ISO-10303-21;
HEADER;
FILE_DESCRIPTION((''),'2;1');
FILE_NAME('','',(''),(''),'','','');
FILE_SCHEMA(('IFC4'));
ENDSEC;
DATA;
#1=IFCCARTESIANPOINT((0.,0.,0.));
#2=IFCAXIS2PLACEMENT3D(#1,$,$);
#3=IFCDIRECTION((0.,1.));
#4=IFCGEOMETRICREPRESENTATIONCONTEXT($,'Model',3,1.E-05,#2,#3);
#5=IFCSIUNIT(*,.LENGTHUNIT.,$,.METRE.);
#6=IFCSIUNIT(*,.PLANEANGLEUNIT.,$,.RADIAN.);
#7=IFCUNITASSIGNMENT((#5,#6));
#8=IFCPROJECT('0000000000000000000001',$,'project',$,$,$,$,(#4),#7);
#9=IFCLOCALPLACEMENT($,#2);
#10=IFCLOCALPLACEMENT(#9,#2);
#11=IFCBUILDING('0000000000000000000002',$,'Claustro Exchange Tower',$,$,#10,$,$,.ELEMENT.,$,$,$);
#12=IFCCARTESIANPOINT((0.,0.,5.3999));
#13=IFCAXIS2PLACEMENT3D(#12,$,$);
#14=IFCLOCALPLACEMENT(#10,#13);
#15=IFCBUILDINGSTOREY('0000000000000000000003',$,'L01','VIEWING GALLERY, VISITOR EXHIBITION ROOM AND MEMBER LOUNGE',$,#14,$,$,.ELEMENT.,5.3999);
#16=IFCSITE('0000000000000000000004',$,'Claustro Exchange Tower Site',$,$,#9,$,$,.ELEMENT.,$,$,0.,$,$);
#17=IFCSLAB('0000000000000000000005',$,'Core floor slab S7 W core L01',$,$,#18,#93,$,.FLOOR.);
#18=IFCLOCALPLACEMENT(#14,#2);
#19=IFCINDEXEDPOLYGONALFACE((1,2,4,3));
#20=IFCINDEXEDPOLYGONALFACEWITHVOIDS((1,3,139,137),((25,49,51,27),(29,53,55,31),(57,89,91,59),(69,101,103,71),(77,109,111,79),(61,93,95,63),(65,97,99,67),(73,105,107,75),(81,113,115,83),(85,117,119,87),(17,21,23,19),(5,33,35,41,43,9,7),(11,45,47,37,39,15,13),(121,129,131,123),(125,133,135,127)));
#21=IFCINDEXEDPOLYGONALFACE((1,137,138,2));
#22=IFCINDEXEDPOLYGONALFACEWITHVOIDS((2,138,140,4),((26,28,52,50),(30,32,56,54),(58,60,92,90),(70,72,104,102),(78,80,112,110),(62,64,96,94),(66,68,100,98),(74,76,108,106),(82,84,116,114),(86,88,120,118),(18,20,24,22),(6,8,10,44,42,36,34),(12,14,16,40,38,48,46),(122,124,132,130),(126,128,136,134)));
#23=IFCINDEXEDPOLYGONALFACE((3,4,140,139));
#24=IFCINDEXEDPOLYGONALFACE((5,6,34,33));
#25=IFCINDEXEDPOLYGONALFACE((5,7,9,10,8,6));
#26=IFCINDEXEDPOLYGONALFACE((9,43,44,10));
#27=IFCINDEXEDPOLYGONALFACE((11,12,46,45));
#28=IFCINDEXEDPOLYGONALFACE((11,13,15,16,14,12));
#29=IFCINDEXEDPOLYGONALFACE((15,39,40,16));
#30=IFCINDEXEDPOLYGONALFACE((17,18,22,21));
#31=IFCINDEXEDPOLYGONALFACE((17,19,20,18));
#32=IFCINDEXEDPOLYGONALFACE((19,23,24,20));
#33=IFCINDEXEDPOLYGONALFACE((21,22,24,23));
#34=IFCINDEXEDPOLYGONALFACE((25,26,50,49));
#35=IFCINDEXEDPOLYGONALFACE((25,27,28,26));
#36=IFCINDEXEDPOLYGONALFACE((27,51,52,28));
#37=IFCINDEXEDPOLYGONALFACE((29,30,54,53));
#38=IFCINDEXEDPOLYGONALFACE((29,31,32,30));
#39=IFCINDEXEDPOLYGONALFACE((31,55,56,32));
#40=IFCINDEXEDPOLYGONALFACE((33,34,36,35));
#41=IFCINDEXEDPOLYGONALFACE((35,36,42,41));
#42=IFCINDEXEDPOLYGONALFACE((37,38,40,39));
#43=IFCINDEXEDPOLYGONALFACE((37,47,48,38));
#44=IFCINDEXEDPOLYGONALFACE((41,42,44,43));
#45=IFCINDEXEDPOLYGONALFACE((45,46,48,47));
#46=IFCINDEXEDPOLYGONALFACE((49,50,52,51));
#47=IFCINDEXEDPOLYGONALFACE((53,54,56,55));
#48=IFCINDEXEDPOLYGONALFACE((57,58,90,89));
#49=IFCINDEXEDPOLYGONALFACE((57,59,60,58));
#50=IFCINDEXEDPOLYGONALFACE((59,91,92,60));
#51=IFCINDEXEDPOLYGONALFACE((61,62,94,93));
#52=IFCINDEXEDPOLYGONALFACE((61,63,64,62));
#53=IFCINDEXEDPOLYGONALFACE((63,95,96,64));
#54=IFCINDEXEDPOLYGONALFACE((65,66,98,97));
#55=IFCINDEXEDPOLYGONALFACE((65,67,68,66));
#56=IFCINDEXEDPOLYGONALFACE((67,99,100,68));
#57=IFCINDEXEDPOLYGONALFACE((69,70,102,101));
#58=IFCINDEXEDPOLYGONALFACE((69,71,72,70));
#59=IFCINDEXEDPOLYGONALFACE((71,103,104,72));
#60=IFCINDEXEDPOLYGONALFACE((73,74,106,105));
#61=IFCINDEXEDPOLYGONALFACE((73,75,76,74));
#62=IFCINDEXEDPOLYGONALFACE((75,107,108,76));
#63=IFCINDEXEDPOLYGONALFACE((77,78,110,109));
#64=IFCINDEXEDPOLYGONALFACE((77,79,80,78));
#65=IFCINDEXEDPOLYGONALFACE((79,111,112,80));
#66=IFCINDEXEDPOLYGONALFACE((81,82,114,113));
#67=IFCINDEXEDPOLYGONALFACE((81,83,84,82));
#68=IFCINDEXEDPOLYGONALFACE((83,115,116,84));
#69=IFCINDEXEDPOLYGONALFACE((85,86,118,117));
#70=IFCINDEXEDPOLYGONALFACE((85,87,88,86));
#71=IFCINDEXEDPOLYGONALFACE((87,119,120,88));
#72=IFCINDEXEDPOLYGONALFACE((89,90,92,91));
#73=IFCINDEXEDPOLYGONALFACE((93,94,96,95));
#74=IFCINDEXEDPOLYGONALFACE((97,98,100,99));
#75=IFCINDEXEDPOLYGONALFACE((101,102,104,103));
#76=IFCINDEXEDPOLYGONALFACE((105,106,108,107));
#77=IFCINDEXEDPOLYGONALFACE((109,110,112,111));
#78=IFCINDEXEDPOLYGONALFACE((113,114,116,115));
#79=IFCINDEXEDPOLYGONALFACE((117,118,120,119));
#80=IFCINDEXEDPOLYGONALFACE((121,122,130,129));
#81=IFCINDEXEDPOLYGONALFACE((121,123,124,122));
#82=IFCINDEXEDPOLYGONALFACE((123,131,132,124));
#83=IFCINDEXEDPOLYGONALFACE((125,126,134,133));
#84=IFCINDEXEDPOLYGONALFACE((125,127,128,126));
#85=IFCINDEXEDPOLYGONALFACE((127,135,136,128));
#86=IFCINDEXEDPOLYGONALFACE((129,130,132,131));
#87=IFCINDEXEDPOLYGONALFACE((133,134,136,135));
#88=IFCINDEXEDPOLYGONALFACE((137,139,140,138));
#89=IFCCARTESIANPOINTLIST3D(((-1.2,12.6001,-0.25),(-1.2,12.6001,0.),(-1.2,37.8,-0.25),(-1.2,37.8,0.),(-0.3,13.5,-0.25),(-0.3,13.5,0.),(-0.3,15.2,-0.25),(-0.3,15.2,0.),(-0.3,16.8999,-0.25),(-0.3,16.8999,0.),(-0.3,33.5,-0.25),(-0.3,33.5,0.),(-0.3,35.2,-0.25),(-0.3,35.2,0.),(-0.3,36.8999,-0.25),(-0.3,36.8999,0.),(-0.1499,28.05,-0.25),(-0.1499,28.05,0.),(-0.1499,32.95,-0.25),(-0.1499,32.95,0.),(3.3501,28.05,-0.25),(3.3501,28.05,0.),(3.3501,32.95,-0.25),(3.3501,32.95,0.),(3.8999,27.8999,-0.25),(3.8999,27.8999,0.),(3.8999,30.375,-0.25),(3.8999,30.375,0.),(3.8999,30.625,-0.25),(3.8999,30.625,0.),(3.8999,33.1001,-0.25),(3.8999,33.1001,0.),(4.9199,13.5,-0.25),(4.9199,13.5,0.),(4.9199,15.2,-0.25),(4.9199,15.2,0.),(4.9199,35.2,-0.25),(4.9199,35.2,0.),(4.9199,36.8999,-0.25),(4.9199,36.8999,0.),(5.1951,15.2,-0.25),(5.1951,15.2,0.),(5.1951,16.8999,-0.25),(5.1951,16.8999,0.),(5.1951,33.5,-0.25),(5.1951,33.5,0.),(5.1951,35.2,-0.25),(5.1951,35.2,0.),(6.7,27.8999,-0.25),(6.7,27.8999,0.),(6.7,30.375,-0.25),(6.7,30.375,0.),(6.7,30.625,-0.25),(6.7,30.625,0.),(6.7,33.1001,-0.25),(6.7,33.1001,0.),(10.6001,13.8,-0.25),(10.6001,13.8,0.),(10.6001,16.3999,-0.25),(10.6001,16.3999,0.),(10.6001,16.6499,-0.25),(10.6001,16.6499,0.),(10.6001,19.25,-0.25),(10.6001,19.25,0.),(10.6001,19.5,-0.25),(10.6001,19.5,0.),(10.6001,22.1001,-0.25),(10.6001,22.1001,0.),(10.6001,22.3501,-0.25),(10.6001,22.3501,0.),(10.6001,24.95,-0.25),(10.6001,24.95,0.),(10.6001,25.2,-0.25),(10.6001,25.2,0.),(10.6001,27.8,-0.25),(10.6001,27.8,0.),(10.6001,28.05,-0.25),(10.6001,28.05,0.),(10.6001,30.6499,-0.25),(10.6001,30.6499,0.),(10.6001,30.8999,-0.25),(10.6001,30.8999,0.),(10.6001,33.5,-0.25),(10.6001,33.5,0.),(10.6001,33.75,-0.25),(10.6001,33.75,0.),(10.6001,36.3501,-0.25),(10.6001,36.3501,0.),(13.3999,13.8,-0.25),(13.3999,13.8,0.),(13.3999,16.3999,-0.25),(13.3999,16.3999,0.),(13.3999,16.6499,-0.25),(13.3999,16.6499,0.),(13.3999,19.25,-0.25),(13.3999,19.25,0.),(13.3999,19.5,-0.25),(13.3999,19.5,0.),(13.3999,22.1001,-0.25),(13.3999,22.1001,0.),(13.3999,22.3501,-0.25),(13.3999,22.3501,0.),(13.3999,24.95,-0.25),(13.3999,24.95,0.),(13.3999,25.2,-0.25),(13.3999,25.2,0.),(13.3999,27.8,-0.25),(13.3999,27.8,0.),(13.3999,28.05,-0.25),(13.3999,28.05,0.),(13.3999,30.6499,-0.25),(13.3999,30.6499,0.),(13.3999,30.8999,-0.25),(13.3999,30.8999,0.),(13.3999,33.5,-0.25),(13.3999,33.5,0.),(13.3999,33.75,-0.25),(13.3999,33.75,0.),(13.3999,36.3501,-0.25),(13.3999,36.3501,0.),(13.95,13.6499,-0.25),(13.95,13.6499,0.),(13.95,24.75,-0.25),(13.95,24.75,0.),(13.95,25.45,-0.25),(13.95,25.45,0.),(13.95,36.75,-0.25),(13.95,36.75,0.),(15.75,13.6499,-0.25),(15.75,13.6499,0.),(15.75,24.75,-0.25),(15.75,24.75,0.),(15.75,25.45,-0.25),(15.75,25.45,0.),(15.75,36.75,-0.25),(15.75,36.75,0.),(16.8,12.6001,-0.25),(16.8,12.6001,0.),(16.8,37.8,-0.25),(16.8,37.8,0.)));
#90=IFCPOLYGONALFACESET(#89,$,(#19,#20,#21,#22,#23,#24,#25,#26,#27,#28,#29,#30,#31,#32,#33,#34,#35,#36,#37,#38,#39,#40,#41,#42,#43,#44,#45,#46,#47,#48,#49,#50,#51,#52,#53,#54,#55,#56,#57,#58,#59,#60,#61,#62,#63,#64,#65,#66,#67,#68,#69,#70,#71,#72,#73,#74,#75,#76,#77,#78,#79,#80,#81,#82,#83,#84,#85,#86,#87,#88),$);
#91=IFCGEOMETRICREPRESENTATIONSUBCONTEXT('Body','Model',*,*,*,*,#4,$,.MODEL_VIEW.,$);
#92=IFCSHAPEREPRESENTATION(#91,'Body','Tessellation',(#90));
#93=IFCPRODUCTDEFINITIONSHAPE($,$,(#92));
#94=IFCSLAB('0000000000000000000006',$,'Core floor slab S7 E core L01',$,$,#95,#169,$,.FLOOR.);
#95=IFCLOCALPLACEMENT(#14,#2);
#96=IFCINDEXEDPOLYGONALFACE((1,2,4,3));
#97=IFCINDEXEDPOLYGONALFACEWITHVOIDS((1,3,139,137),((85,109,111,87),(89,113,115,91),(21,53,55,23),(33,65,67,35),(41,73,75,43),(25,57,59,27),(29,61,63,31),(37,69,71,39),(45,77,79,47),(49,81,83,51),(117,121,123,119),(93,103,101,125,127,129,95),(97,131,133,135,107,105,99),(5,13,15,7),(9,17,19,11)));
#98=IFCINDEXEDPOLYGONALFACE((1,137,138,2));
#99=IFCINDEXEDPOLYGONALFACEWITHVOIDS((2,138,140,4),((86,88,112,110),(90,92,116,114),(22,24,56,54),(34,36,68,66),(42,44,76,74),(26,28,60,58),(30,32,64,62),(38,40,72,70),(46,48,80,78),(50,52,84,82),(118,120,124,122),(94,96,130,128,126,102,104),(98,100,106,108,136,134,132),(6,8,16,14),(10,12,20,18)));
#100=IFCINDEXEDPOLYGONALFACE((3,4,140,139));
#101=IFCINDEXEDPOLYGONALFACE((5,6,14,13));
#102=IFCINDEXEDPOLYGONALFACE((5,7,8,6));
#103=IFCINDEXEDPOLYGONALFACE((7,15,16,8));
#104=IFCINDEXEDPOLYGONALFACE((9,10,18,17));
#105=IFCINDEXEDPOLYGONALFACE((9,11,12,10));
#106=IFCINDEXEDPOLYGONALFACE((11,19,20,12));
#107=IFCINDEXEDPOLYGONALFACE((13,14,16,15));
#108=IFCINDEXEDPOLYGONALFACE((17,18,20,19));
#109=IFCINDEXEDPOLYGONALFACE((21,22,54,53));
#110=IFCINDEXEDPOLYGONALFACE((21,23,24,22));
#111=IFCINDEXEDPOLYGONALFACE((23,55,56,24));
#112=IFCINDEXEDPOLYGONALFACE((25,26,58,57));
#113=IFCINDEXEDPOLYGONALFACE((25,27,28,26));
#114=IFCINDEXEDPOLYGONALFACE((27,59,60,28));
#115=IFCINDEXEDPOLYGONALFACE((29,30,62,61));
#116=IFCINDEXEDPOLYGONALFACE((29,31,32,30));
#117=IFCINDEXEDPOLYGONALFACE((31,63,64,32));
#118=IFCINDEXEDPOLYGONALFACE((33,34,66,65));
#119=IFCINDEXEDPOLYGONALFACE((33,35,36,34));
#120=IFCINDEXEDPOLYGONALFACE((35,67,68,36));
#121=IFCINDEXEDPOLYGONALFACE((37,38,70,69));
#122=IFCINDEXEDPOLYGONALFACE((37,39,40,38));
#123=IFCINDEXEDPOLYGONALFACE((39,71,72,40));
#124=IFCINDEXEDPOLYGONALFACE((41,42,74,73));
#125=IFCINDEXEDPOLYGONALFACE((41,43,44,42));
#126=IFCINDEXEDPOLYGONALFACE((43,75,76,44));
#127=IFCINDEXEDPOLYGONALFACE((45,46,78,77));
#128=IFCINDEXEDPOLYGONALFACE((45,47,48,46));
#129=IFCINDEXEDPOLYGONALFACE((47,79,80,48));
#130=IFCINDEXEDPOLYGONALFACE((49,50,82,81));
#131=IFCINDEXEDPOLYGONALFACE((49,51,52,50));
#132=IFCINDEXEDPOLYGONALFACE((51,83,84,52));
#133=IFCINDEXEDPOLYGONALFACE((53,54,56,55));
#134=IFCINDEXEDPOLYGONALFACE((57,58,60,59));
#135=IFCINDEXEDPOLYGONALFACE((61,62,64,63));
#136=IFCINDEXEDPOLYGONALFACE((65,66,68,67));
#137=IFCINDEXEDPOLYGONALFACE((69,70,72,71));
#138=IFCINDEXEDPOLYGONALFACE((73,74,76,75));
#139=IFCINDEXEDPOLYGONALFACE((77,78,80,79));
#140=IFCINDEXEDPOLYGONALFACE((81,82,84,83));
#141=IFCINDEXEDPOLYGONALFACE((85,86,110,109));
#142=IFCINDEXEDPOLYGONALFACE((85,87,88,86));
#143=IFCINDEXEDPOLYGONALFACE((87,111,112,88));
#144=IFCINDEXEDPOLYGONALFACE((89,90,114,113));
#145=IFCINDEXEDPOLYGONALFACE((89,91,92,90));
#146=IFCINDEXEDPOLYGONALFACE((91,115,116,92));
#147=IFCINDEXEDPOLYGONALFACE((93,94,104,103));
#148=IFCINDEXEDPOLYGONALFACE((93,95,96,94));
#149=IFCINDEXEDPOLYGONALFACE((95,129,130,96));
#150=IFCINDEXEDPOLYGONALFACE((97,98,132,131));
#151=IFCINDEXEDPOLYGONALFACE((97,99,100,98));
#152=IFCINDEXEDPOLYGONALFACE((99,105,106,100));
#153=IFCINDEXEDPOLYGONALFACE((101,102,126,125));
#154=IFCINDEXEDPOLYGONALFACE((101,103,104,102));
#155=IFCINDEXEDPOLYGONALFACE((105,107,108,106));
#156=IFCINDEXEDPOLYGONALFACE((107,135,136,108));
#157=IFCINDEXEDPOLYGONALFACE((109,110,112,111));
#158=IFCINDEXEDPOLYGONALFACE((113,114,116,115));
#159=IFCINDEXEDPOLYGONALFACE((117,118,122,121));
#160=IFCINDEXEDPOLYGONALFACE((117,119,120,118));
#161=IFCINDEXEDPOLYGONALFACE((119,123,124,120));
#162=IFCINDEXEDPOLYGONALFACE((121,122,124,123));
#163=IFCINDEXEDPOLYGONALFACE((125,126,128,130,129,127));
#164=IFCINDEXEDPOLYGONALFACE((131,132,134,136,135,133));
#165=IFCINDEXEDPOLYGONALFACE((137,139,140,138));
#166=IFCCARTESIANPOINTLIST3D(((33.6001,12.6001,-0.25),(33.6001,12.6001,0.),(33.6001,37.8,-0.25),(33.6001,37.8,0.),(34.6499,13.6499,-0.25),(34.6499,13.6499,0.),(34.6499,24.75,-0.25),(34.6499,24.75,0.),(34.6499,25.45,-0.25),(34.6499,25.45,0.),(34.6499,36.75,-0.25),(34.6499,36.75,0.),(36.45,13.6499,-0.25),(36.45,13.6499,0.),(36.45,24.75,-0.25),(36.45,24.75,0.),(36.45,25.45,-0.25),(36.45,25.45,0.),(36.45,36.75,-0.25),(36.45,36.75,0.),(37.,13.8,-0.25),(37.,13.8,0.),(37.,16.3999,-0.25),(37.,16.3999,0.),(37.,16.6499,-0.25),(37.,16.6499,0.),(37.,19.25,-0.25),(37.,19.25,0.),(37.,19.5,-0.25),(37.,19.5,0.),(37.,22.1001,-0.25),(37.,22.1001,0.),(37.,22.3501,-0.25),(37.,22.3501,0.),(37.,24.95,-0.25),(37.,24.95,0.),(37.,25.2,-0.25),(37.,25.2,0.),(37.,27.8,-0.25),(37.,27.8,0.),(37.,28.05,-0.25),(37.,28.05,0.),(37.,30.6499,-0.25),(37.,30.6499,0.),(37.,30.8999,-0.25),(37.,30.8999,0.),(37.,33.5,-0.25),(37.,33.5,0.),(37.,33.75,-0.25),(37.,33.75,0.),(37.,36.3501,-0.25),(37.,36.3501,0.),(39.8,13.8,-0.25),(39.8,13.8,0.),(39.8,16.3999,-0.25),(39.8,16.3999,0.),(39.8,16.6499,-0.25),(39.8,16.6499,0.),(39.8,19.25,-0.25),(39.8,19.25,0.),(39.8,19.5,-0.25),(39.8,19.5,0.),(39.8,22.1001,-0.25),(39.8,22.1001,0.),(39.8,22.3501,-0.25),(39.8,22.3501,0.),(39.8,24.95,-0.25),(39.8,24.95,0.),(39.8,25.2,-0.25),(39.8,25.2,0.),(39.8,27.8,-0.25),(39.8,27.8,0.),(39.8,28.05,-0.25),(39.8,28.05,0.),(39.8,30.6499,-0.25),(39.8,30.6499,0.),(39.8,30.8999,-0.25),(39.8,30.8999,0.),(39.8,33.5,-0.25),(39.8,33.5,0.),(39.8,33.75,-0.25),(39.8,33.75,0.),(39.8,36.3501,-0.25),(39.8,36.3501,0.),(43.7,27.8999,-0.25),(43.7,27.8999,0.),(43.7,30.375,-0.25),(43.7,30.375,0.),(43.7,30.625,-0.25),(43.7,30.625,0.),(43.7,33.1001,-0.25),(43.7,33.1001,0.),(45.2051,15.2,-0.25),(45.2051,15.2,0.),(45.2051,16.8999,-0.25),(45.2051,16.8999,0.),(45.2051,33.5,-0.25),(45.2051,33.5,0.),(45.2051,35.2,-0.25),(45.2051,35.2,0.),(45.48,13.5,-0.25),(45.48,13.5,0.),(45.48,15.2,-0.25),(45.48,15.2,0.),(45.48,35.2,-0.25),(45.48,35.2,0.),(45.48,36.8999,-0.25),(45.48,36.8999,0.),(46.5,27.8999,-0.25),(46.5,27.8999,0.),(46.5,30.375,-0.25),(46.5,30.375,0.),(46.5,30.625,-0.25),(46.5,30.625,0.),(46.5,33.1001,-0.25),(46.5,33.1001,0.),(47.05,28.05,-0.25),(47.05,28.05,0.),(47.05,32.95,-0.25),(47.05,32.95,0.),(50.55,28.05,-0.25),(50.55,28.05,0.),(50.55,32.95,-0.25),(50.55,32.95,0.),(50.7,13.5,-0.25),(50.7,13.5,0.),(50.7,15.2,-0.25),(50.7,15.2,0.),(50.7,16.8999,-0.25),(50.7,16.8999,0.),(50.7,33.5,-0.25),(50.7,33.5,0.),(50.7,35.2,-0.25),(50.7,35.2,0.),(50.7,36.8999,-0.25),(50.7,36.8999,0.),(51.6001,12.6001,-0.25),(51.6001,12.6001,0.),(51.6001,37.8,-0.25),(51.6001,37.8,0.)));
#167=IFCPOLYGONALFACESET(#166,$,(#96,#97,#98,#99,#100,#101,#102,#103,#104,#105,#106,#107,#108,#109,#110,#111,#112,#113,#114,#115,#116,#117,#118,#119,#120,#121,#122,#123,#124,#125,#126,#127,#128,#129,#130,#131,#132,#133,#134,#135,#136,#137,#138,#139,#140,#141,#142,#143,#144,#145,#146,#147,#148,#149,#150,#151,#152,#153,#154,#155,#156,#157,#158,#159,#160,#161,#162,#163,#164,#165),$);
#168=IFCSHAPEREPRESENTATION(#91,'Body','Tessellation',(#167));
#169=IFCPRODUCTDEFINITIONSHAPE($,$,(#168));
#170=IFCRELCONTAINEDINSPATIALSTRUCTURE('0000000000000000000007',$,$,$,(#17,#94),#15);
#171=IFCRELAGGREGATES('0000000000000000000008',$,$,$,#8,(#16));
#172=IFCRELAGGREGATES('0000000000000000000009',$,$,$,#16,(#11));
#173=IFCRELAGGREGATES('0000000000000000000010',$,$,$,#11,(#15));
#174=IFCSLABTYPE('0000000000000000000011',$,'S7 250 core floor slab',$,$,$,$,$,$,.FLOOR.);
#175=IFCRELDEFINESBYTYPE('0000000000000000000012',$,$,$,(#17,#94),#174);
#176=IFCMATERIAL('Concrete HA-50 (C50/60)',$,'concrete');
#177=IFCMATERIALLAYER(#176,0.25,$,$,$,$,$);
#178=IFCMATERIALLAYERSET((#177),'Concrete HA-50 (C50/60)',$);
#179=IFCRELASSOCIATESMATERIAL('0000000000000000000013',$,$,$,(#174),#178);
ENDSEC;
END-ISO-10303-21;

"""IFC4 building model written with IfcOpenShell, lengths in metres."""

from ifc_helpers import new_model, si_unit, direction, frame, origin, place, context, subcontext, project, spatial, polyline, outline, extrude, material, layer, layer_set, type_object, element, save


model = new_model("IFC4")

# Units and contexts
model_context = context("Model", 3, precision=1e-05, world=origin(), true_north=direction((0.0, 1.0)))
body_context = subcontext(model_context, "Body", "Model", "MODEL_VIEW")
ifc_project = project(units=[si_unit("LENGTHUNIT", "METRE"), si_unit("PLANEANGLEUNIT", "RADIAN")], contexts=[model_context])

# Site, building, storey
site_placement = place(None, origin())
site = spatial("IfcSite", under=ifc_project, at=site_placement, Name="Claustro Exchange Tower Site", CompositionType="ELEMENT", RefElevation=0.0)
building_placement = place(site_placement, origin())
building = spatial("IfcBuilding", under=site, at=building_placement, Name="Claustro Exchange Tower", CompositionType="ELEMENT")
storey_placement = place(building_placement, frame((0.0, 0.0, 5.3999)))
storey = spatial("IfcBuildingStorey", under=building, at=storey_placement, Name="L01", Description="VIEWING GALLERY, VISITOR EXHIBITION ROOM AND MEMBER LOUNGE", CompositionType="ELEMENT", Elevation=5.3999)

# Slabs
ifc_material_1 = material(Name="Concrete HA-50 (C50/60)", Category="concrete")
ifc_layer_1 = layer(ifc_material_1, 0.25)
ifc_layer_set_1 = layer_set([ifc_layer_1], Name="Concrete HA-50 (C50/60)")
slab_type_1 = type_object("IfcSlabType", Name="S7 250 core floor slab", PredefinedType="FLOOR", material=ifc_layer_set_1)
slab_1_placement = place(storey_placement, frame((0.0, 0.0, -0.25)))
element("IfcSlab", 1, at=slab_1_placement, inside=storey, type_object=slab_type_1, Name="Core floor slab S7 W core L01", PredefinedType="FLOOR", context=body_context, shape_type="SweptSolid", body=[
    extrude(outline(polyline([(-1.2, 12.6001), (16.8, 12.6001), (16.8, 37.8), (-1.2, 37.8), (-1.2, 12.6001)]), holes=[polyline([(15.75, 24.75), (15.75, 13.6499), (13.95, 13.6499), (13.95, 24.75), (15.75, 24.75)]), polyline([(15.75, 36.75), (15.75, 25.45), (13.95, 25.45), (13.95, 36.75), (15.75, 36.75)]), polyline([(10.6001, 16.3999), (13.3999, 16.3999), (13.3999, 13.8), (10.6001, 13.8), (10.6001, 16.3999)]), polyline([(13.3999, 19.25), (13.3999, 16.6499), (10.6001, 16.6499), (10.6001, 19.25), (13.3999, 19.25)]), polyline([(13.3999, 22.1001), (13.3999, 19.5), (10.6001, 19.5), (10.6001, 22.1001), (13.3999, 22.1001)]), polyline([(13.3999, 24.95), (13.3999, 22.3501), (10.6001, 22.3501), (10.6001, 24.95), (13.3999, 24.95)]), polyline([(13.3999, 27.8), (13.3999, 25.2), (10.6001, 25.2), (10.6001, 27.8), (13.3999, 27.8)]), polyline([(13.3999, 30.6499), (13.3999, 28.05), (10.6001, 28.05), (10.6001, 30.6499), (13.3999, 30.6499)]), polyline([(13.3999, 33.5), (13.3999, 30.8999), (10.6001, 30.8999), (10.6001, 33.5), (13.3999, 33.5)]), polyline([(13.3999, 36.3501), (13.3999, 33.75), (10.6001, 33.75), (10.6001, 36.3501), (13.3999, 36.3501)]), polyline([(6.7, 30.375), (6.7, 27.8999), (3.8999, 27.8999), (3.8999, 30.375), (6.7, 30.375)]), polyline([(6.7, 33.1001), (6.7, 30.625), (3.8999, 30.625), (3.8999, 33.1001), (6.7, 33.1001)]), polyline([(-0.3, 16.8999), (5.1951, 16.8999), (5.1951, 15.2), (4.9199, 15.2), (4.9199, 13.5), (-0.3, 13.5), (-0.3, 15.2), (-0.3, 16.8999)]), polyline([(-0.3, 35.2), (-0.3, 36.8999), (4.9199, 36.8999), (4.9199, 35.2), (5.1951, 35.2), (5.1951, 33.5), (-0.3, 33.5), (-0.3, 35.2)]), polyline([(3.3501, 32.95), (3.3501, 28.05), (-0.1499, 28.05), (-0.1499, 32.95), (3.3501, 32.95)])]), origin(), (0.0, 0.0, 1.0), 0.25),
])
slab_2_placement = place(storey_placement, frame((0.0, 0.0, -0.25)))
element("IfcSlab", 2, at=slab_2_placement, inside=storey, type_object=slab_type_1, Name="Core floor slab S7 E core L01", PredefinedType="FLOOR", context=body_context, shape_type="SweptSolid", body=[
    extrude(outline(polyline([(33.6001, 12.6001), (51.6001, 12.6001), (51.6001, 37.8), (33.6001, 37.8), (33.6001, 12.6001)]), holes=[polyline([(45.2051, 15.2), (45.2051, 16.8999), (50.7, 16.8999), (50.7, 15.2), (50.7, 13.5), (45.48, 13.5), (45.48, 15.2), (45.2051, 15.2)]), polyline([(45.48, 35.2), (45.48, 36.8999), (50.7, 36.8999), (50.7, 35.2), (50.7, 33.5), (45.2051, 33.5), (45.2051, 35.2), (45.48, 35.2)]), polyline([(50.55, 32.95), (50.55, 28.05), (47.05, 28.05), (47.05, 32.95), (50.55, 32.95)]), polyline([(46.5, 30.375), (46.5, 27.8999), (43.7, 27.8999), (43.7, 30.375), (46.5, 30.375)]), polyline([(46.5, 33.1001), (46.5, 30.625), (43.7, 30.625), (43.7, 33.1001), (46.5, 33.1001)]), polyline([(37.0, 16.3999), (39.8, 16.3999), (39.8, 13.8), (37.0, 13.8), (37.0, 16.3999)]), polyline([(39.8, 19.25), (39.8, 16.6499), (37.0, 16.6499), (37.0, 19.25), (39.8, 19.25)]), polyline([(39.8, 22.1001), (39.8, 19.5), (37.0, 19.5), (37.0, 22.1001), (39.8, 22.1001)]), polyline([(39.8, 24.95), (39.8, 22.3501), (37.0, 22.3501), (37.0, 24.95), (39.8, 24.95)]), polyline([(39.8, 27.8), (39.8, 25.2), (37.0, 25.2), (37.0, 27.8), (39.8, 27.8)]), polyline([(39.8, 30.6499), (39.8, 28.05), (37.0, 28.05), (37.0, 30.6499), (39.8, 30.6499)]), polyline([(39.8, 33.5), (39.8, 30.8999), (37.0, 30.8999), (37.0, 33.5), (39.8, 33.5)]), polyline([(39.8, 36.3501), (39.8, 33.75), (37.0, 33.75), (37.0, 36.3501), (39.8, 36.3501)]), polyline([(36.45, 24.75), (36.45, 13.6499), (34.6499, 13.6499), (34.6499, 24.75), (36.45, 24.75)]), polyline([(36.45, 36.75), (36.45, 25.45), (34.6499, 25.45), (34.6499, 36.75), (36.45, 36.75)])]), origin(), (0.0, 0.0, 1.0), 0.25),
])

save(model, "model.ifc")
